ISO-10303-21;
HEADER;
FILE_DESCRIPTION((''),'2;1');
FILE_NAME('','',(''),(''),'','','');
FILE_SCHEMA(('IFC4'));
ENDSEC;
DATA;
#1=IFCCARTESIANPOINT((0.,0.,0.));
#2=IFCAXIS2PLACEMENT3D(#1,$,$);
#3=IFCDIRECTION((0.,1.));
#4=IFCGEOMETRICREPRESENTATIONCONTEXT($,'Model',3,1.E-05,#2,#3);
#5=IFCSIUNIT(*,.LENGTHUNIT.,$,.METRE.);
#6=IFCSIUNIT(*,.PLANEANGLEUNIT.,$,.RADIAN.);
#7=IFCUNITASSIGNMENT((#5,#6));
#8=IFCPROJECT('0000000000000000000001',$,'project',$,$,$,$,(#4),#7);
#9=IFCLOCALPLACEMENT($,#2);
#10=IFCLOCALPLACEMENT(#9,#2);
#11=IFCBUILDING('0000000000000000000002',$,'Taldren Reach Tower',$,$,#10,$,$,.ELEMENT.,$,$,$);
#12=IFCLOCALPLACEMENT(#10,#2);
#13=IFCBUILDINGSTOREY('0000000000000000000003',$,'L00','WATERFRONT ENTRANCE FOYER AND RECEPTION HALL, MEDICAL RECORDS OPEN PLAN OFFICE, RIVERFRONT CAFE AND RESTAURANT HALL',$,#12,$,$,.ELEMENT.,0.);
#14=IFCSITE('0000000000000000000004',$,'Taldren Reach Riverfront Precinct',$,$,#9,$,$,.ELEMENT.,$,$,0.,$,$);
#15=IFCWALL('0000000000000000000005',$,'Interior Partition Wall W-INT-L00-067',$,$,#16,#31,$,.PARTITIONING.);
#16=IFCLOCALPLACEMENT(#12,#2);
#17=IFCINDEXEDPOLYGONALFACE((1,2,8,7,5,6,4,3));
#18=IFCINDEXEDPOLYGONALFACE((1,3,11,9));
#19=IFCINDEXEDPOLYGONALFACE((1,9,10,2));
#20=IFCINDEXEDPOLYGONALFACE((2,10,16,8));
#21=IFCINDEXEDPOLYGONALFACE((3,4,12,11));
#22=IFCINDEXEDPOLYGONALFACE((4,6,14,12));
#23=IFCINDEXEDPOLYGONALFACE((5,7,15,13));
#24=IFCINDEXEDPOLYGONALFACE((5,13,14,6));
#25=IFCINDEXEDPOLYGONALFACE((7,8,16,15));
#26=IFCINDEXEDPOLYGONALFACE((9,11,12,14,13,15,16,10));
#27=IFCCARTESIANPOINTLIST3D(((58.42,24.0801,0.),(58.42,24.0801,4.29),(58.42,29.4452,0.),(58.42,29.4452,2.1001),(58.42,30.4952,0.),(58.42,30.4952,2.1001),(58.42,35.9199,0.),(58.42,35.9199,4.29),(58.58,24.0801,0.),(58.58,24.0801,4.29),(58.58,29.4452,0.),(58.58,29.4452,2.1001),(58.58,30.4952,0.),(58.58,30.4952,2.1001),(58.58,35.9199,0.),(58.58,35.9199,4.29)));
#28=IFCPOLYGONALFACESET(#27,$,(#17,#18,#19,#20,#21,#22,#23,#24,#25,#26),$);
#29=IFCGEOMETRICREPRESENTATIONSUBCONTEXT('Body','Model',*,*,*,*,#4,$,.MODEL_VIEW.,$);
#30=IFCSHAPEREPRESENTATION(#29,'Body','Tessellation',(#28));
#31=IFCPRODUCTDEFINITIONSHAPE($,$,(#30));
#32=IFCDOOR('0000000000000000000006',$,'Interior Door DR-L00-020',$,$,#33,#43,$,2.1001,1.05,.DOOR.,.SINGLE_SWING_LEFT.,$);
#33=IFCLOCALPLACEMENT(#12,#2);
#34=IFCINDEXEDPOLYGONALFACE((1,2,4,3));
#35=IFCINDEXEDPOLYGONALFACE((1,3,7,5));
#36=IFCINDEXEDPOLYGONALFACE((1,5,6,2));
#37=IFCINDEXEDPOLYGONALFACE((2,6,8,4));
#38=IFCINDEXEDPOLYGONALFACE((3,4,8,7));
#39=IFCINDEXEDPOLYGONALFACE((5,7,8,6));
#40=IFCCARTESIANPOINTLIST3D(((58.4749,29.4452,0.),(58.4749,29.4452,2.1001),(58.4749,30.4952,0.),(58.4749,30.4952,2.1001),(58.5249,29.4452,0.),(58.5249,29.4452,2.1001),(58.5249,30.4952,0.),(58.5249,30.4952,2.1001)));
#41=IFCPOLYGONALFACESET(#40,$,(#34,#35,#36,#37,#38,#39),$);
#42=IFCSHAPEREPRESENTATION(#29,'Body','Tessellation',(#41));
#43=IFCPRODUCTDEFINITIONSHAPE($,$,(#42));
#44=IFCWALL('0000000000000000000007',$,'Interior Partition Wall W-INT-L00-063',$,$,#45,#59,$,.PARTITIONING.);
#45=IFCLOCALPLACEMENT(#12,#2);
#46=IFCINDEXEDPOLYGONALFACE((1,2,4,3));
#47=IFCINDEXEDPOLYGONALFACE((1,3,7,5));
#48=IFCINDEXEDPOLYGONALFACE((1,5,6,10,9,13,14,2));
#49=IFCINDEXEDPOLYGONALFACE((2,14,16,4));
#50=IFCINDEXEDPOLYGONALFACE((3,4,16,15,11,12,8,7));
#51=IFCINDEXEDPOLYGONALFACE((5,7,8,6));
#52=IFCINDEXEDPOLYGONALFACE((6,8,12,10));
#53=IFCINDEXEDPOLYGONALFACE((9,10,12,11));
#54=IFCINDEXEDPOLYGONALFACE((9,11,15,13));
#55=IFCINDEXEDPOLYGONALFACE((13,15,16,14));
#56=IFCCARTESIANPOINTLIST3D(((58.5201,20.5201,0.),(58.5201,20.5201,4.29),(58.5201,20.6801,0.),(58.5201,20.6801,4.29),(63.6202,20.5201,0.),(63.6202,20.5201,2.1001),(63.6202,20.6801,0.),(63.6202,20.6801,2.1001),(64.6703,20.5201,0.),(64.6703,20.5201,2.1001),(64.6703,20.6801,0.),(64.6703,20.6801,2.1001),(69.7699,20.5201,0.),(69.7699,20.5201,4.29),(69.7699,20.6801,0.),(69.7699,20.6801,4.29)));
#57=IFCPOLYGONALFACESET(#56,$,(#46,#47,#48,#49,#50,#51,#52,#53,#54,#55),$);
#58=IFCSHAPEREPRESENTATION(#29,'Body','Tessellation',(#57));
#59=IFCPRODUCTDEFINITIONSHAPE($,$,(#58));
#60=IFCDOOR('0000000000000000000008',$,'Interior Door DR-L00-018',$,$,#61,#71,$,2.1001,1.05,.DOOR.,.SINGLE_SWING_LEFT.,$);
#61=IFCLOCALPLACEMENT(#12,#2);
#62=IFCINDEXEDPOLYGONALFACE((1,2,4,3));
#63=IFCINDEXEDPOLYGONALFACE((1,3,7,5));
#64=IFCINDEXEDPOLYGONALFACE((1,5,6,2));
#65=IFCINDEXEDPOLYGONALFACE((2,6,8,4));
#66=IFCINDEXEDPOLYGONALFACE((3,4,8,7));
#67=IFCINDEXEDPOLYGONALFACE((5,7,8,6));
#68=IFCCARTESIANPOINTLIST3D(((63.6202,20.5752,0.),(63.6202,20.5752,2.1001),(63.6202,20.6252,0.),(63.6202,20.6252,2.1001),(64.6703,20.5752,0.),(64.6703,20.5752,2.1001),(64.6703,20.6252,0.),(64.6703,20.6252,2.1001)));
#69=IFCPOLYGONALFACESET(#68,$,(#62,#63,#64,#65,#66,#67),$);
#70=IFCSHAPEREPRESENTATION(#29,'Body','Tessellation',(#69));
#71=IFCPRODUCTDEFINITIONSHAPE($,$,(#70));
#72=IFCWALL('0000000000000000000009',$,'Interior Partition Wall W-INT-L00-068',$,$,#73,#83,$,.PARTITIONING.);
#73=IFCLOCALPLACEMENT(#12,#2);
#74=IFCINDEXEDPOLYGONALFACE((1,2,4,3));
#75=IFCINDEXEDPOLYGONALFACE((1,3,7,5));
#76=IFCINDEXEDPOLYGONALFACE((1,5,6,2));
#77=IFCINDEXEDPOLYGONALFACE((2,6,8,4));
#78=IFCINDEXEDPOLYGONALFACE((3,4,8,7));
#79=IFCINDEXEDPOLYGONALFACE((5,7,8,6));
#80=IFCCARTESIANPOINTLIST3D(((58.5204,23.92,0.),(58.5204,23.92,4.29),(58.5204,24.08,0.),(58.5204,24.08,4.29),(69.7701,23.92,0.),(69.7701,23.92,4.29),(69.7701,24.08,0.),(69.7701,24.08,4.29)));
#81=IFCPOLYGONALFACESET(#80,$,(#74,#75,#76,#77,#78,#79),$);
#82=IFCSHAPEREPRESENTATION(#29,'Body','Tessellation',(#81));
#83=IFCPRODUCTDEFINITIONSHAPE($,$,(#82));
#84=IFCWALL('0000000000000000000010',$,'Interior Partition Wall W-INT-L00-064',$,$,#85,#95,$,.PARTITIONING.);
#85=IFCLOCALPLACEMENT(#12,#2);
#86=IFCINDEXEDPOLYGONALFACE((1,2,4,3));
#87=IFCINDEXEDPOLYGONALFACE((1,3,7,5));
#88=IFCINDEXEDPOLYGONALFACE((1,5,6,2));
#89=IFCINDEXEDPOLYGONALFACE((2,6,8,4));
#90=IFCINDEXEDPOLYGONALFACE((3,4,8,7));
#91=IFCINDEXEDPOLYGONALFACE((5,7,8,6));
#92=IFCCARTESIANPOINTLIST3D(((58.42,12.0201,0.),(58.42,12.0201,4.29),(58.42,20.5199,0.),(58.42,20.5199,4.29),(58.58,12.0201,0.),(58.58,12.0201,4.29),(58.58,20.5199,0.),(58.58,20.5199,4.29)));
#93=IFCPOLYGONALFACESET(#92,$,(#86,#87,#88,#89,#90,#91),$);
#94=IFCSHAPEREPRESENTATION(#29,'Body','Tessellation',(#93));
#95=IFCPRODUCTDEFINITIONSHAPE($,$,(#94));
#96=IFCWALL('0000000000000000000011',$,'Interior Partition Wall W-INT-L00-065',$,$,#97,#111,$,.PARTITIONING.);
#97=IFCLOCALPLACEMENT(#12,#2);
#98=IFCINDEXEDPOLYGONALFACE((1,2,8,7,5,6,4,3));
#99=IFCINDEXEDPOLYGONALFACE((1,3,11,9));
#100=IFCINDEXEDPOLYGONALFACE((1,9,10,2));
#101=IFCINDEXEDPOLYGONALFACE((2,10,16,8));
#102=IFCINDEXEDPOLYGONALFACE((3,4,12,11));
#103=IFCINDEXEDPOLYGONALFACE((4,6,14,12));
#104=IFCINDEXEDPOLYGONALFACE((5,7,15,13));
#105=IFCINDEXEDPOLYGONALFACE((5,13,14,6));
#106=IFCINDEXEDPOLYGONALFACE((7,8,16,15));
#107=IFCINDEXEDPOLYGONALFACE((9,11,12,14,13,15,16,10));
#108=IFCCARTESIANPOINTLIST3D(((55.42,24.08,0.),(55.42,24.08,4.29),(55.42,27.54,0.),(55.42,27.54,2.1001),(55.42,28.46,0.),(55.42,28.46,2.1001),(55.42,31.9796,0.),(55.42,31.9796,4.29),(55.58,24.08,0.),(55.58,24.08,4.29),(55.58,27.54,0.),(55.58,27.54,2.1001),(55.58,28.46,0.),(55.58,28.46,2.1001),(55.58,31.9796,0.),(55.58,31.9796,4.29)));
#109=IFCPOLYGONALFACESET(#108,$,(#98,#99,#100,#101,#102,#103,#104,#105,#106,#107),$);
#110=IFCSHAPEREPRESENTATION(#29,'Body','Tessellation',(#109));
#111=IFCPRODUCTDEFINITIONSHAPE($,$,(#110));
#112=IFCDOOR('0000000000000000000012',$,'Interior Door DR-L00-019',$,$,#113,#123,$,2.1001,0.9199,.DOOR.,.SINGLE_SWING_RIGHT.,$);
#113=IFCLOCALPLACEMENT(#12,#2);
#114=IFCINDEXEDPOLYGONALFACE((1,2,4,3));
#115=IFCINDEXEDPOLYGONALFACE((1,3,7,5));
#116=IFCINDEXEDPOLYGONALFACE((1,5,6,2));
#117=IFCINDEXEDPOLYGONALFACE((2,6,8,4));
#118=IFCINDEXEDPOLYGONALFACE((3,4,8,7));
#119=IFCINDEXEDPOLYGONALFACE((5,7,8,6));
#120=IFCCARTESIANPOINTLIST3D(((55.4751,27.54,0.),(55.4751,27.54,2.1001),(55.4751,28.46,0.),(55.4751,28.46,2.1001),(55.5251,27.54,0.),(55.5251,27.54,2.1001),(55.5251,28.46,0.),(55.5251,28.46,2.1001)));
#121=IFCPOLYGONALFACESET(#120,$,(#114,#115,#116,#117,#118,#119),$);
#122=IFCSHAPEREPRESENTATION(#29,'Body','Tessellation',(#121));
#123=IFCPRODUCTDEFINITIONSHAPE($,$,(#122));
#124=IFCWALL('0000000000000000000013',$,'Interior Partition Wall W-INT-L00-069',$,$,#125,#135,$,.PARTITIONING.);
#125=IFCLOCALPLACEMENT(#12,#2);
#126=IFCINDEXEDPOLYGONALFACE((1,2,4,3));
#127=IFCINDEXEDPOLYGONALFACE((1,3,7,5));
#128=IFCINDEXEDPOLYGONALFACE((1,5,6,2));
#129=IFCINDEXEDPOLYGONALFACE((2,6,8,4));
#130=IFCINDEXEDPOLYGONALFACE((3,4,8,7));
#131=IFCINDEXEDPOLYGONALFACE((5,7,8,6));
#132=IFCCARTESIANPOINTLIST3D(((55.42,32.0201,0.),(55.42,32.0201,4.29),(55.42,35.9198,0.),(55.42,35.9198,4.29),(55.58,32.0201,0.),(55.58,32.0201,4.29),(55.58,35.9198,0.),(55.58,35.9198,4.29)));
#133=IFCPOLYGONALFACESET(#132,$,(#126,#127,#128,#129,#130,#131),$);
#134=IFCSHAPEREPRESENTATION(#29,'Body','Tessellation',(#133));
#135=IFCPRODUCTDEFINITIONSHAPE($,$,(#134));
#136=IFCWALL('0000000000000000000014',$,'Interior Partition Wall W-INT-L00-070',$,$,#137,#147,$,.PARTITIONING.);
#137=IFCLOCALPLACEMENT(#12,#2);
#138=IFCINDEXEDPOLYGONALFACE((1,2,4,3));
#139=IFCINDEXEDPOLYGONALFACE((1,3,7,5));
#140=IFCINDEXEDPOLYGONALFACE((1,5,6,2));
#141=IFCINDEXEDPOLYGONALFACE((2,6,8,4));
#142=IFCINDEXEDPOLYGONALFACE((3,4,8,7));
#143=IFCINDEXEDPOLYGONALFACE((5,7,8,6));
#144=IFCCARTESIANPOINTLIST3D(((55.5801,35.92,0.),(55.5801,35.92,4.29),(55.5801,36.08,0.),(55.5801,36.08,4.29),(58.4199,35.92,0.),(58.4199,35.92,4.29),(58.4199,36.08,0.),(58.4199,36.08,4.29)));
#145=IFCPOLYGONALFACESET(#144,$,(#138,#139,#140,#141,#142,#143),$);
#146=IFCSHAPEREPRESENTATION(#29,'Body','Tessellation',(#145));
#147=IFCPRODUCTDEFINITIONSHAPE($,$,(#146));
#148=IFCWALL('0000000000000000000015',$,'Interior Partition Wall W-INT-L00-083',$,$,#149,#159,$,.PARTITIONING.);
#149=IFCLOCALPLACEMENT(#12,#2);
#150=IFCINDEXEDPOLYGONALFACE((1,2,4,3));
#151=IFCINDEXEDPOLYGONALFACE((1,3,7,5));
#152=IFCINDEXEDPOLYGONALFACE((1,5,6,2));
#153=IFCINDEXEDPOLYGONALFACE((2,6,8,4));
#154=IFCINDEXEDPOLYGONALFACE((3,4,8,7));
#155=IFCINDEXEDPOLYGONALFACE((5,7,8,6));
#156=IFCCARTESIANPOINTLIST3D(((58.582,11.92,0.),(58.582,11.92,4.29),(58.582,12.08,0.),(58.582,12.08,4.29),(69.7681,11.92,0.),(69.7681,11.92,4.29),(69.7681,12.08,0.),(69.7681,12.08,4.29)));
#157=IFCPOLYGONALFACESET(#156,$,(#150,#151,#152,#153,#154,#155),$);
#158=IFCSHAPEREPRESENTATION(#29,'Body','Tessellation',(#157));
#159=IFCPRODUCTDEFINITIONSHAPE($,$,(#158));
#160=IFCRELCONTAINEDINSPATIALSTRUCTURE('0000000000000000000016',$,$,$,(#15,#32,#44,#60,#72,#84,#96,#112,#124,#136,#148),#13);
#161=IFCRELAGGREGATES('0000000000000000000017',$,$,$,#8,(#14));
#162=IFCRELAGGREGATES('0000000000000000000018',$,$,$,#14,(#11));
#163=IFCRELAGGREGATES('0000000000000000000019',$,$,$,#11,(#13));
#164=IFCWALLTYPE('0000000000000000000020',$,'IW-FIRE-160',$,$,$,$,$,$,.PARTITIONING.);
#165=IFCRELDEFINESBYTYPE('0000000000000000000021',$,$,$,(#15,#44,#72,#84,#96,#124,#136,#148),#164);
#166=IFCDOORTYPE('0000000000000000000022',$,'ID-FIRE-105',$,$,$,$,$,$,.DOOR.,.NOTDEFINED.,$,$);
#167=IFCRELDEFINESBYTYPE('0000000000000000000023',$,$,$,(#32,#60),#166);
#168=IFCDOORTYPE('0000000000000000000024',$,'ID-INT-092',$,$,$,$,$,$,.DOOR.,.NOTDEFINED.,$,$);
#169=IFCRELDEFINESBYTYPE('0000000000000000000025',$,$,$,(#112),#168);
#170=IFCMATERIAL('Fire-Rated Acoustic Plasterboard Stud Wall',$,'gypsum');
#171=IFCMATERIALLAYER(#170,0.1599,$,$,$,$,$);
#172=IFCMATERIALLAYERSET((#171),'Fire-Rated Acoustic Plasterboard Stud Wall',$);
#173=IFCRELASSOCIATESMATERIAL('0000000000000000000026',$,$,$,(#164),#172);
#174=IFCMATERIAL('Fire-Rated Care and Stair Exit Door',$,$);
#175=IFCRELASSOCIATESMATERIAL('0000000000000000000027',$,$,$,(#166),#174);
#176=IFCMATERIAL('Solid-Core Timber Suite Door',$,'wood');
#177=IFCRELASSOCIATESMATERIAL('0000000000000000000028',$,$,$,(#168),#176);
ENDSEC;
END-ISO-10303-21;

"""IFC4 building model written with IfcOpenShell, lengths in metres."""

from ifc_helpers import new_model, si_unit, direction, frame, frame_2d, origin, place, context, subcontext, project, spatial, rectangle, extrude, source, transform, mapped, material, layer, layer_set, type_object, element, fill, save


model = new_model("IFC4")

# Units and contexts
model_context = context("Model", 3, precision=1e-05, world=origin(), true_north=direction((0.0, 1.0)))
body_context = subcontext(model_context, "Body", "Model", "MODEL_VIEW")
ifc_project = project(units=[si_unit("LENGTHUNIT", "METRE"), si_unit("PLANEANGLEUNIT", "RADIAN")], contexts=[model_context])

# Site, building, storey
site_placement = place(None, origin())
site = spatial("IfcSite", under=ifc_project, at=site_placement, Name="Taldren Reach Riverfront Precinct", CompositionType="ELEMENT", RefElevation=0.0)
building_placement = place(site_placement, origin())
building = spatial("IfcBuilding", under=site, at=building_placement, Name="Taldren Reach Tower", CompositionType="ELEMENT")
storey_placement = place(building_placement, origin())
storey = spatial("IfcBuildingStorey", under=building, at=storey_placement, Name="L00", Description="WATERFRONT ENTRANCE FOYER AND RECEPTION HALL, MEDICAL RECORDS OPEN PLAN OFFICE, RIVERFRONT CAFE AND RESTAURANT HALL", CompositionType="ELEMENT", Elevation=0.0)

# Walls, openings, doors
ifc_material_1 = material(Name="Fire-Rated Acoustic Plasterboard Stud Wall", Category="gypsum")
ifc_layer = layer(ifc_material_1, 0.1599)
ifc_layer_set = layer_set([ifc_layer], Name="Fire-Rated Acoustic Plasterboard Stud Wall")
wall_type = type_object("IfcWallType", Name="IW-FIRE-160", PredefinedType="PARTITIONING", material=ifc_layer_set)
shared_shape_1 = source(origin(), body_context, "Body", "SweptSolid", [
    extrude(rectangle(XDim=11.8398, YDim=0.1599, at=frame_2d((5.9199, 0.0))), origin(), (0.0, 0.0, 1.0), 4.29),
])
wall_1_placement = place(storey_placement, frame((58.5, 35.9199, 0.0), z_axis=(0.0, 0.0, 1.0), x_axis=(0.0, -1.0, 0.0)))
wall_1 = element("IfcWall", 1, at=wall_1_placement, inside=storey, type_object=wall_type, Name="Interior Partition Wall W-INT-L00-067", PredefinedType="PARTITIONING", context=body_context, shape_type="MappedRepresentation", body=[
    mapped(shared_shape_1, transform((0.0, 0.0, 0.0), scale=1.0)),
])
shared_shape_2 = source(origin(), body_context, "Body", "SweptSolid", [
    extrude(rectangle(XDim=1.05, YDim=2.1001, at=frame_2d((0.5249, 1.05))), frame((0.0, 0.0898, 0.0), z_axis=(0.0, -1.0, 0.0), x_axis=(1.0, 0.0, 0.0)), (0.0, 0.0, 1.0), 0.1799),
])
opening_1_placement = place(wall_1_placement, frame((5.4248, 0.0, 0.0)))
opening_1 = element("IfcOpeningElement", 2, at=opening_1_placement, cuts=wall_1, PredefinedType="OPENING", context=body_context, shape_type="MappedRepresentation", body=[
    mapped(shared_shape_2, transform((0.0, 0.0, 0.0), scale=1.0)),
])
ifc_material_2 = material(Name="Fire-Rated Care and Stair Exit Door")
door_type_1 = type_object("IfcDoorType", Name="ID-FIRE-105", OperationType="NOTDEFINED", PredefinedType="DOOR", material=ifc_material_2)
shared_shape_3 = source(origin(), body_context, "Body", "SweptSolid", [
    extrude(rectangle(XDim=1.05, YDim=2.1001, at=frame_2d((0.5249, 1.05))), frame((0.0, 0.0249, 0.0), z_axis=(0.0, -1.0, 0.0), x_axis=(1.0, 0.0, 0.0)), (0.0, 0.0, 1.0), 0.05),
])
door_1_placement = place(opening_1_placement, origin())
door_1 = element("IfcDoor", 3, at=door_1_placement, inside=storey, type_object=door_type_1, Name="Interior Door DR-L00-020", OperationType="SINGLE_SWING_LEFT", OverallHeight=2.1001, OverallWidth=1.05, PredefinedType="DOOR", context=body_context, shape_type="MappedRepresentation", body=[
    mapped(shared_shape_3, transform((0.0, 0.0, 0.0), scale=1.0)),
])
fill(opening_1, door_1)
shared_shape_4 = source(origin(), body_context, "Body", "SweptSolid", [
    extrude(rectangle(XDim=11.2498, YDim=0.1599, at=frame_2d((5.625, 0.0))), origin(), (0.0, 0.0, 1.0), 4.29),
])
wall_2_placement = place(storey_placement, frame((69.77, 20.6001, 0.0), z_axis=(0.0, 0.0, 1.0), x_axis=(-1.0, 0.0, 0.0)))
wall_2 = element("IfcWall", 4, at=wall_2_placement, inside=storey, type_object=wall_type, Name="Interior Partition Wall W-INT-L00-063", PredefinedType="PARTITIONING", context=body_context, shape_type="MappedRepresentation", body=[
    mapped(shared_shape_4, transform((0.0, 0.0, 0.0), scale=1.0)),
])
opening_2_placement = place(wall_2_placement, frame((5.0999, 0.0, 0.0)))
opening_2 = element("IfcOpeningElement", 5, at=opening_2_placement, cuts=wall_2, PredefinedType="OPENING", context=body_context, shape_type="MappedRepresentation", body=[
    mapped(shared_shape_2, transform((0.0, 0.0, 0.0), scale=1.0)),
])
door_2_placement = place(opening_2_placement, origin())
door_2 = element("IfcDoor", 6, at=door_2_placement, inside=storey, type_object=door_type_1, Name="Interior Door DR-L00-018", OperationType="SINGLE_SWING_LEFT", OverallHeight=2.1001, OverallWidth=1.05, PredefinedType="DOOR", context=body_context, shape_type="MappedRepresentation", body=[
    mapped(shared_shape_3, transform((0.0, 0.0, 0.0), scale=1.0)),
])
fill(opening_2, door_2)

# Walls
wall_3_placement = place(storey_placement, frame((58.5203, 24.0, 0.0), z_axis=(0.0, 0.0, 1.0), x_axis=(1.0, 0.0, 0.0)))
element("IfcWall", 7, at=wall_3_placement, inside=storey, type_object=wall_type, Name="Interior Partition Wall W-INT-L00-068", PredefinedType="PARTITIONING", context=body_context, shape_type="MappedRepresentation", body=[
    mapped(shared_shape_4, transform((0.0, 0.0, 0.0), scale=1.0)),
])
shared_shape_5 = source(origin(), body_context, "Body", "SweptSolid", [
    extrude(rectangle(XDim=8.4998, YDim=0.1599, at=frame_2d((4.25, 0.0))), origin(), (0.0, 0.0, 1.0), 4.29),
])
wall_4_placement = place(storey_placement, frame((58.5, 20.52, 0.0), z_axis=(0.0, 0.0, 1.0), x_axis=(0.0, -1.0, 0.0)))
element("IfcWall", 8, at=wall_4_placement, inside=storey, type_object=wall_type, Name="Interior Partition Wall W-INT-L00-064", PredefinedType="PARTITIONING", context=body_context, shape_type="MappedRepresentation", body=[
    mapped(shared_shape_5, transform((0.0, 0.0, 0.0), scale=1.0)),
])

# Wall, opening, door
shared_shape_6 = source(origin(), body_context, "Body", "SweptSolid", [
    extrude(rectangle(XDim=7.8997, YDim=0.1599, at=frame_2d((3.9497, 0.0))), origin(), (0.0, 0.0, 1.0), 4.29),
])
wall_5_placement = place(storey_placement, frame((55.5, 24.0801, 0.0), z_axis=(0.0, 0.0, 1.0), x_axis=(0.0, 1.0, 0.0)))
wall_5 = element("IfcWall", 9, at=wall_5_placement, inside=storey, type_object=wall_type, Name="Interior Partition Wall W-INT-L00-065", PredefinedType="PARTITIONING", context=body_context, shape_type="MappedRepresentation", body=[
    mapped(shared_shape_6, transform((0.0, 0.0, 0.0), scale=1.0)),
])
shared_shape_7 = source(origin(), body_context, "Body", "SweptSolid", [
    extrude(rectangle(XDim=0.9199, YDim=2.1001, at=frame_2d((0.46, 1.05))), frame((0.0, 0.0898, 0.0), z_axis=(0.0, -1.0, 0.0), x_axis=(1.0, 0.0, 0.0)), (0.0, 0.0, 1.0), 0.1799),
])
opening_3_placement = place(wall_5_placement, frame((3.46, 0.0, 0.0)))
opening_3 = element("IfcOpeningElement", 10, at=opening_3_placement, cuts=wall_5, PredefinedType="OPENING", context=body_context, shape_type="MappedRepresentation", body=[
    mapped(shared_shape_7, transform((0.0, 0.0, 0.0), scale=1.0)),
])
ifc_material_3 = material(Name="Solid-Core Timber Suite Door", Category="wood")
door_type_2 = type_object("IfcDoorType", Name="ID-INT-092", OperationType="NOTDEFINED", PredefinedType="DOOR", material=ifc_material_3)
shared_shape_8 = source(origin(), body_context, "Body", "SweptSolid", [
    extrude(rectangle(XDim=0.9199, YDim=2.1001, at=frame_2d((0.46, 1.05))), frame((0.0, 0.0249, 0.0), z_axis=(0.0, -1.0, 0.0), x_axis=(1.0, 0.0, 0.0)), (0.0, 0.0, 1.0), 0.05),
])
door_3_placement = place(opening_3_placement, origin())
door_3 = element("IfcDoor", 11, at=door_3_placement, inside=storey, type_object=door_type_2, Name="Interior Door DR-L00-019", OperationType="SINGLE_SWING_RIGHT", OverallHeight=2.1001, OverallWidth=0.9199, PredefinedType="DOOR", context=body_context, shape_type="MappedRepresentation", body=[
    mapped(shared_shape_8, transform((0.0, 0.0, 0.0), scale=1.0)),
])
fill(opening_3, door_3)

# Walls
shared_shape_9 = source(origin(), body_context, "Body", "SweptSolid", [
    extrude(rectangle(XDim=3.8997, YDim=0.1599, at=frame_2d((1.9497, 0.0))), origin(), (0.0, 0.0, 1.0), 4.29),
])
wall_6_placement = place(storey_placement, frame((55.5, 32.0203, 0.0), z_axis=(0.0, 0.0, 1.0), x_axis=(0.0, 1.0, 0.0)))
element("IfcWall", 12, at=wall_6_placement, inside=storey, type_object=wall_type, Name="Interior Partition Wall W-INT-L00-069", PredefinedType="PARTITIONING", context=body_context, shape_type="MappedRepresentation", body=[
    mapped(shared_shape_9, transform((0.0, 0.0, 0.0), scale=1.0)),
])
shared_shape_10 = source(origin(), body_context, "Body", "SweptSolid", [
    extrude(rectangle(XDim=2.8398, YDim=0.1599, at=frame_2d((1.4199, 0.0))), origin(), (0.0, 0.0, 1.0), 4.29),
])
wall_7_placement = place(storey_placement, frame((55.5801, 36.0, 0.0), z_axis=(0.0, 0.0, 1.0), x_axis=(1.0, 0.0, 0.0)))
element("IfcWall", 13, at=wall_7_placement, inside=storey, type_object=wall_type, Name="Interior Partition Wall W-INT-L00-070", PredefinedType="PARTITIONING", context=body_context, shape_type="MappedRepresentation", body=[
    mapped(shared_shape_10, transform((0.0, 0.0, 0.0), scale=1.0)),
])
shared_shape_11 = source(origin(), body_context, "Body", "SweptSolid", [
    extrude(rectangle(XDim=11.186, YDim=0.1599, at=frame_2d((5.593, 0.0))), origin(), (0.0, 0.0, 1.0), 4.29),
])
wall_8_placement = place(storey_placement, frame((58.582, 12.0, 0.0), z_axis=(0.0, 0.0, 1.0), x_axis=(1.0, 0.0, 0.0)))
element("IfcWall", 14, at=wall_8_placement, inside=storey, type_object=wall_type, Name="Interior Partition Wall W-INT-L00-083", PredefinedType="PARTITIONING", context=body_context, shape_type="MappedRepresentation", body=[
    mapped(shared_shape_11, transform((0.0, 0.0, 0.0), scale=1.0)),
])

save(model, "model.ifc")
